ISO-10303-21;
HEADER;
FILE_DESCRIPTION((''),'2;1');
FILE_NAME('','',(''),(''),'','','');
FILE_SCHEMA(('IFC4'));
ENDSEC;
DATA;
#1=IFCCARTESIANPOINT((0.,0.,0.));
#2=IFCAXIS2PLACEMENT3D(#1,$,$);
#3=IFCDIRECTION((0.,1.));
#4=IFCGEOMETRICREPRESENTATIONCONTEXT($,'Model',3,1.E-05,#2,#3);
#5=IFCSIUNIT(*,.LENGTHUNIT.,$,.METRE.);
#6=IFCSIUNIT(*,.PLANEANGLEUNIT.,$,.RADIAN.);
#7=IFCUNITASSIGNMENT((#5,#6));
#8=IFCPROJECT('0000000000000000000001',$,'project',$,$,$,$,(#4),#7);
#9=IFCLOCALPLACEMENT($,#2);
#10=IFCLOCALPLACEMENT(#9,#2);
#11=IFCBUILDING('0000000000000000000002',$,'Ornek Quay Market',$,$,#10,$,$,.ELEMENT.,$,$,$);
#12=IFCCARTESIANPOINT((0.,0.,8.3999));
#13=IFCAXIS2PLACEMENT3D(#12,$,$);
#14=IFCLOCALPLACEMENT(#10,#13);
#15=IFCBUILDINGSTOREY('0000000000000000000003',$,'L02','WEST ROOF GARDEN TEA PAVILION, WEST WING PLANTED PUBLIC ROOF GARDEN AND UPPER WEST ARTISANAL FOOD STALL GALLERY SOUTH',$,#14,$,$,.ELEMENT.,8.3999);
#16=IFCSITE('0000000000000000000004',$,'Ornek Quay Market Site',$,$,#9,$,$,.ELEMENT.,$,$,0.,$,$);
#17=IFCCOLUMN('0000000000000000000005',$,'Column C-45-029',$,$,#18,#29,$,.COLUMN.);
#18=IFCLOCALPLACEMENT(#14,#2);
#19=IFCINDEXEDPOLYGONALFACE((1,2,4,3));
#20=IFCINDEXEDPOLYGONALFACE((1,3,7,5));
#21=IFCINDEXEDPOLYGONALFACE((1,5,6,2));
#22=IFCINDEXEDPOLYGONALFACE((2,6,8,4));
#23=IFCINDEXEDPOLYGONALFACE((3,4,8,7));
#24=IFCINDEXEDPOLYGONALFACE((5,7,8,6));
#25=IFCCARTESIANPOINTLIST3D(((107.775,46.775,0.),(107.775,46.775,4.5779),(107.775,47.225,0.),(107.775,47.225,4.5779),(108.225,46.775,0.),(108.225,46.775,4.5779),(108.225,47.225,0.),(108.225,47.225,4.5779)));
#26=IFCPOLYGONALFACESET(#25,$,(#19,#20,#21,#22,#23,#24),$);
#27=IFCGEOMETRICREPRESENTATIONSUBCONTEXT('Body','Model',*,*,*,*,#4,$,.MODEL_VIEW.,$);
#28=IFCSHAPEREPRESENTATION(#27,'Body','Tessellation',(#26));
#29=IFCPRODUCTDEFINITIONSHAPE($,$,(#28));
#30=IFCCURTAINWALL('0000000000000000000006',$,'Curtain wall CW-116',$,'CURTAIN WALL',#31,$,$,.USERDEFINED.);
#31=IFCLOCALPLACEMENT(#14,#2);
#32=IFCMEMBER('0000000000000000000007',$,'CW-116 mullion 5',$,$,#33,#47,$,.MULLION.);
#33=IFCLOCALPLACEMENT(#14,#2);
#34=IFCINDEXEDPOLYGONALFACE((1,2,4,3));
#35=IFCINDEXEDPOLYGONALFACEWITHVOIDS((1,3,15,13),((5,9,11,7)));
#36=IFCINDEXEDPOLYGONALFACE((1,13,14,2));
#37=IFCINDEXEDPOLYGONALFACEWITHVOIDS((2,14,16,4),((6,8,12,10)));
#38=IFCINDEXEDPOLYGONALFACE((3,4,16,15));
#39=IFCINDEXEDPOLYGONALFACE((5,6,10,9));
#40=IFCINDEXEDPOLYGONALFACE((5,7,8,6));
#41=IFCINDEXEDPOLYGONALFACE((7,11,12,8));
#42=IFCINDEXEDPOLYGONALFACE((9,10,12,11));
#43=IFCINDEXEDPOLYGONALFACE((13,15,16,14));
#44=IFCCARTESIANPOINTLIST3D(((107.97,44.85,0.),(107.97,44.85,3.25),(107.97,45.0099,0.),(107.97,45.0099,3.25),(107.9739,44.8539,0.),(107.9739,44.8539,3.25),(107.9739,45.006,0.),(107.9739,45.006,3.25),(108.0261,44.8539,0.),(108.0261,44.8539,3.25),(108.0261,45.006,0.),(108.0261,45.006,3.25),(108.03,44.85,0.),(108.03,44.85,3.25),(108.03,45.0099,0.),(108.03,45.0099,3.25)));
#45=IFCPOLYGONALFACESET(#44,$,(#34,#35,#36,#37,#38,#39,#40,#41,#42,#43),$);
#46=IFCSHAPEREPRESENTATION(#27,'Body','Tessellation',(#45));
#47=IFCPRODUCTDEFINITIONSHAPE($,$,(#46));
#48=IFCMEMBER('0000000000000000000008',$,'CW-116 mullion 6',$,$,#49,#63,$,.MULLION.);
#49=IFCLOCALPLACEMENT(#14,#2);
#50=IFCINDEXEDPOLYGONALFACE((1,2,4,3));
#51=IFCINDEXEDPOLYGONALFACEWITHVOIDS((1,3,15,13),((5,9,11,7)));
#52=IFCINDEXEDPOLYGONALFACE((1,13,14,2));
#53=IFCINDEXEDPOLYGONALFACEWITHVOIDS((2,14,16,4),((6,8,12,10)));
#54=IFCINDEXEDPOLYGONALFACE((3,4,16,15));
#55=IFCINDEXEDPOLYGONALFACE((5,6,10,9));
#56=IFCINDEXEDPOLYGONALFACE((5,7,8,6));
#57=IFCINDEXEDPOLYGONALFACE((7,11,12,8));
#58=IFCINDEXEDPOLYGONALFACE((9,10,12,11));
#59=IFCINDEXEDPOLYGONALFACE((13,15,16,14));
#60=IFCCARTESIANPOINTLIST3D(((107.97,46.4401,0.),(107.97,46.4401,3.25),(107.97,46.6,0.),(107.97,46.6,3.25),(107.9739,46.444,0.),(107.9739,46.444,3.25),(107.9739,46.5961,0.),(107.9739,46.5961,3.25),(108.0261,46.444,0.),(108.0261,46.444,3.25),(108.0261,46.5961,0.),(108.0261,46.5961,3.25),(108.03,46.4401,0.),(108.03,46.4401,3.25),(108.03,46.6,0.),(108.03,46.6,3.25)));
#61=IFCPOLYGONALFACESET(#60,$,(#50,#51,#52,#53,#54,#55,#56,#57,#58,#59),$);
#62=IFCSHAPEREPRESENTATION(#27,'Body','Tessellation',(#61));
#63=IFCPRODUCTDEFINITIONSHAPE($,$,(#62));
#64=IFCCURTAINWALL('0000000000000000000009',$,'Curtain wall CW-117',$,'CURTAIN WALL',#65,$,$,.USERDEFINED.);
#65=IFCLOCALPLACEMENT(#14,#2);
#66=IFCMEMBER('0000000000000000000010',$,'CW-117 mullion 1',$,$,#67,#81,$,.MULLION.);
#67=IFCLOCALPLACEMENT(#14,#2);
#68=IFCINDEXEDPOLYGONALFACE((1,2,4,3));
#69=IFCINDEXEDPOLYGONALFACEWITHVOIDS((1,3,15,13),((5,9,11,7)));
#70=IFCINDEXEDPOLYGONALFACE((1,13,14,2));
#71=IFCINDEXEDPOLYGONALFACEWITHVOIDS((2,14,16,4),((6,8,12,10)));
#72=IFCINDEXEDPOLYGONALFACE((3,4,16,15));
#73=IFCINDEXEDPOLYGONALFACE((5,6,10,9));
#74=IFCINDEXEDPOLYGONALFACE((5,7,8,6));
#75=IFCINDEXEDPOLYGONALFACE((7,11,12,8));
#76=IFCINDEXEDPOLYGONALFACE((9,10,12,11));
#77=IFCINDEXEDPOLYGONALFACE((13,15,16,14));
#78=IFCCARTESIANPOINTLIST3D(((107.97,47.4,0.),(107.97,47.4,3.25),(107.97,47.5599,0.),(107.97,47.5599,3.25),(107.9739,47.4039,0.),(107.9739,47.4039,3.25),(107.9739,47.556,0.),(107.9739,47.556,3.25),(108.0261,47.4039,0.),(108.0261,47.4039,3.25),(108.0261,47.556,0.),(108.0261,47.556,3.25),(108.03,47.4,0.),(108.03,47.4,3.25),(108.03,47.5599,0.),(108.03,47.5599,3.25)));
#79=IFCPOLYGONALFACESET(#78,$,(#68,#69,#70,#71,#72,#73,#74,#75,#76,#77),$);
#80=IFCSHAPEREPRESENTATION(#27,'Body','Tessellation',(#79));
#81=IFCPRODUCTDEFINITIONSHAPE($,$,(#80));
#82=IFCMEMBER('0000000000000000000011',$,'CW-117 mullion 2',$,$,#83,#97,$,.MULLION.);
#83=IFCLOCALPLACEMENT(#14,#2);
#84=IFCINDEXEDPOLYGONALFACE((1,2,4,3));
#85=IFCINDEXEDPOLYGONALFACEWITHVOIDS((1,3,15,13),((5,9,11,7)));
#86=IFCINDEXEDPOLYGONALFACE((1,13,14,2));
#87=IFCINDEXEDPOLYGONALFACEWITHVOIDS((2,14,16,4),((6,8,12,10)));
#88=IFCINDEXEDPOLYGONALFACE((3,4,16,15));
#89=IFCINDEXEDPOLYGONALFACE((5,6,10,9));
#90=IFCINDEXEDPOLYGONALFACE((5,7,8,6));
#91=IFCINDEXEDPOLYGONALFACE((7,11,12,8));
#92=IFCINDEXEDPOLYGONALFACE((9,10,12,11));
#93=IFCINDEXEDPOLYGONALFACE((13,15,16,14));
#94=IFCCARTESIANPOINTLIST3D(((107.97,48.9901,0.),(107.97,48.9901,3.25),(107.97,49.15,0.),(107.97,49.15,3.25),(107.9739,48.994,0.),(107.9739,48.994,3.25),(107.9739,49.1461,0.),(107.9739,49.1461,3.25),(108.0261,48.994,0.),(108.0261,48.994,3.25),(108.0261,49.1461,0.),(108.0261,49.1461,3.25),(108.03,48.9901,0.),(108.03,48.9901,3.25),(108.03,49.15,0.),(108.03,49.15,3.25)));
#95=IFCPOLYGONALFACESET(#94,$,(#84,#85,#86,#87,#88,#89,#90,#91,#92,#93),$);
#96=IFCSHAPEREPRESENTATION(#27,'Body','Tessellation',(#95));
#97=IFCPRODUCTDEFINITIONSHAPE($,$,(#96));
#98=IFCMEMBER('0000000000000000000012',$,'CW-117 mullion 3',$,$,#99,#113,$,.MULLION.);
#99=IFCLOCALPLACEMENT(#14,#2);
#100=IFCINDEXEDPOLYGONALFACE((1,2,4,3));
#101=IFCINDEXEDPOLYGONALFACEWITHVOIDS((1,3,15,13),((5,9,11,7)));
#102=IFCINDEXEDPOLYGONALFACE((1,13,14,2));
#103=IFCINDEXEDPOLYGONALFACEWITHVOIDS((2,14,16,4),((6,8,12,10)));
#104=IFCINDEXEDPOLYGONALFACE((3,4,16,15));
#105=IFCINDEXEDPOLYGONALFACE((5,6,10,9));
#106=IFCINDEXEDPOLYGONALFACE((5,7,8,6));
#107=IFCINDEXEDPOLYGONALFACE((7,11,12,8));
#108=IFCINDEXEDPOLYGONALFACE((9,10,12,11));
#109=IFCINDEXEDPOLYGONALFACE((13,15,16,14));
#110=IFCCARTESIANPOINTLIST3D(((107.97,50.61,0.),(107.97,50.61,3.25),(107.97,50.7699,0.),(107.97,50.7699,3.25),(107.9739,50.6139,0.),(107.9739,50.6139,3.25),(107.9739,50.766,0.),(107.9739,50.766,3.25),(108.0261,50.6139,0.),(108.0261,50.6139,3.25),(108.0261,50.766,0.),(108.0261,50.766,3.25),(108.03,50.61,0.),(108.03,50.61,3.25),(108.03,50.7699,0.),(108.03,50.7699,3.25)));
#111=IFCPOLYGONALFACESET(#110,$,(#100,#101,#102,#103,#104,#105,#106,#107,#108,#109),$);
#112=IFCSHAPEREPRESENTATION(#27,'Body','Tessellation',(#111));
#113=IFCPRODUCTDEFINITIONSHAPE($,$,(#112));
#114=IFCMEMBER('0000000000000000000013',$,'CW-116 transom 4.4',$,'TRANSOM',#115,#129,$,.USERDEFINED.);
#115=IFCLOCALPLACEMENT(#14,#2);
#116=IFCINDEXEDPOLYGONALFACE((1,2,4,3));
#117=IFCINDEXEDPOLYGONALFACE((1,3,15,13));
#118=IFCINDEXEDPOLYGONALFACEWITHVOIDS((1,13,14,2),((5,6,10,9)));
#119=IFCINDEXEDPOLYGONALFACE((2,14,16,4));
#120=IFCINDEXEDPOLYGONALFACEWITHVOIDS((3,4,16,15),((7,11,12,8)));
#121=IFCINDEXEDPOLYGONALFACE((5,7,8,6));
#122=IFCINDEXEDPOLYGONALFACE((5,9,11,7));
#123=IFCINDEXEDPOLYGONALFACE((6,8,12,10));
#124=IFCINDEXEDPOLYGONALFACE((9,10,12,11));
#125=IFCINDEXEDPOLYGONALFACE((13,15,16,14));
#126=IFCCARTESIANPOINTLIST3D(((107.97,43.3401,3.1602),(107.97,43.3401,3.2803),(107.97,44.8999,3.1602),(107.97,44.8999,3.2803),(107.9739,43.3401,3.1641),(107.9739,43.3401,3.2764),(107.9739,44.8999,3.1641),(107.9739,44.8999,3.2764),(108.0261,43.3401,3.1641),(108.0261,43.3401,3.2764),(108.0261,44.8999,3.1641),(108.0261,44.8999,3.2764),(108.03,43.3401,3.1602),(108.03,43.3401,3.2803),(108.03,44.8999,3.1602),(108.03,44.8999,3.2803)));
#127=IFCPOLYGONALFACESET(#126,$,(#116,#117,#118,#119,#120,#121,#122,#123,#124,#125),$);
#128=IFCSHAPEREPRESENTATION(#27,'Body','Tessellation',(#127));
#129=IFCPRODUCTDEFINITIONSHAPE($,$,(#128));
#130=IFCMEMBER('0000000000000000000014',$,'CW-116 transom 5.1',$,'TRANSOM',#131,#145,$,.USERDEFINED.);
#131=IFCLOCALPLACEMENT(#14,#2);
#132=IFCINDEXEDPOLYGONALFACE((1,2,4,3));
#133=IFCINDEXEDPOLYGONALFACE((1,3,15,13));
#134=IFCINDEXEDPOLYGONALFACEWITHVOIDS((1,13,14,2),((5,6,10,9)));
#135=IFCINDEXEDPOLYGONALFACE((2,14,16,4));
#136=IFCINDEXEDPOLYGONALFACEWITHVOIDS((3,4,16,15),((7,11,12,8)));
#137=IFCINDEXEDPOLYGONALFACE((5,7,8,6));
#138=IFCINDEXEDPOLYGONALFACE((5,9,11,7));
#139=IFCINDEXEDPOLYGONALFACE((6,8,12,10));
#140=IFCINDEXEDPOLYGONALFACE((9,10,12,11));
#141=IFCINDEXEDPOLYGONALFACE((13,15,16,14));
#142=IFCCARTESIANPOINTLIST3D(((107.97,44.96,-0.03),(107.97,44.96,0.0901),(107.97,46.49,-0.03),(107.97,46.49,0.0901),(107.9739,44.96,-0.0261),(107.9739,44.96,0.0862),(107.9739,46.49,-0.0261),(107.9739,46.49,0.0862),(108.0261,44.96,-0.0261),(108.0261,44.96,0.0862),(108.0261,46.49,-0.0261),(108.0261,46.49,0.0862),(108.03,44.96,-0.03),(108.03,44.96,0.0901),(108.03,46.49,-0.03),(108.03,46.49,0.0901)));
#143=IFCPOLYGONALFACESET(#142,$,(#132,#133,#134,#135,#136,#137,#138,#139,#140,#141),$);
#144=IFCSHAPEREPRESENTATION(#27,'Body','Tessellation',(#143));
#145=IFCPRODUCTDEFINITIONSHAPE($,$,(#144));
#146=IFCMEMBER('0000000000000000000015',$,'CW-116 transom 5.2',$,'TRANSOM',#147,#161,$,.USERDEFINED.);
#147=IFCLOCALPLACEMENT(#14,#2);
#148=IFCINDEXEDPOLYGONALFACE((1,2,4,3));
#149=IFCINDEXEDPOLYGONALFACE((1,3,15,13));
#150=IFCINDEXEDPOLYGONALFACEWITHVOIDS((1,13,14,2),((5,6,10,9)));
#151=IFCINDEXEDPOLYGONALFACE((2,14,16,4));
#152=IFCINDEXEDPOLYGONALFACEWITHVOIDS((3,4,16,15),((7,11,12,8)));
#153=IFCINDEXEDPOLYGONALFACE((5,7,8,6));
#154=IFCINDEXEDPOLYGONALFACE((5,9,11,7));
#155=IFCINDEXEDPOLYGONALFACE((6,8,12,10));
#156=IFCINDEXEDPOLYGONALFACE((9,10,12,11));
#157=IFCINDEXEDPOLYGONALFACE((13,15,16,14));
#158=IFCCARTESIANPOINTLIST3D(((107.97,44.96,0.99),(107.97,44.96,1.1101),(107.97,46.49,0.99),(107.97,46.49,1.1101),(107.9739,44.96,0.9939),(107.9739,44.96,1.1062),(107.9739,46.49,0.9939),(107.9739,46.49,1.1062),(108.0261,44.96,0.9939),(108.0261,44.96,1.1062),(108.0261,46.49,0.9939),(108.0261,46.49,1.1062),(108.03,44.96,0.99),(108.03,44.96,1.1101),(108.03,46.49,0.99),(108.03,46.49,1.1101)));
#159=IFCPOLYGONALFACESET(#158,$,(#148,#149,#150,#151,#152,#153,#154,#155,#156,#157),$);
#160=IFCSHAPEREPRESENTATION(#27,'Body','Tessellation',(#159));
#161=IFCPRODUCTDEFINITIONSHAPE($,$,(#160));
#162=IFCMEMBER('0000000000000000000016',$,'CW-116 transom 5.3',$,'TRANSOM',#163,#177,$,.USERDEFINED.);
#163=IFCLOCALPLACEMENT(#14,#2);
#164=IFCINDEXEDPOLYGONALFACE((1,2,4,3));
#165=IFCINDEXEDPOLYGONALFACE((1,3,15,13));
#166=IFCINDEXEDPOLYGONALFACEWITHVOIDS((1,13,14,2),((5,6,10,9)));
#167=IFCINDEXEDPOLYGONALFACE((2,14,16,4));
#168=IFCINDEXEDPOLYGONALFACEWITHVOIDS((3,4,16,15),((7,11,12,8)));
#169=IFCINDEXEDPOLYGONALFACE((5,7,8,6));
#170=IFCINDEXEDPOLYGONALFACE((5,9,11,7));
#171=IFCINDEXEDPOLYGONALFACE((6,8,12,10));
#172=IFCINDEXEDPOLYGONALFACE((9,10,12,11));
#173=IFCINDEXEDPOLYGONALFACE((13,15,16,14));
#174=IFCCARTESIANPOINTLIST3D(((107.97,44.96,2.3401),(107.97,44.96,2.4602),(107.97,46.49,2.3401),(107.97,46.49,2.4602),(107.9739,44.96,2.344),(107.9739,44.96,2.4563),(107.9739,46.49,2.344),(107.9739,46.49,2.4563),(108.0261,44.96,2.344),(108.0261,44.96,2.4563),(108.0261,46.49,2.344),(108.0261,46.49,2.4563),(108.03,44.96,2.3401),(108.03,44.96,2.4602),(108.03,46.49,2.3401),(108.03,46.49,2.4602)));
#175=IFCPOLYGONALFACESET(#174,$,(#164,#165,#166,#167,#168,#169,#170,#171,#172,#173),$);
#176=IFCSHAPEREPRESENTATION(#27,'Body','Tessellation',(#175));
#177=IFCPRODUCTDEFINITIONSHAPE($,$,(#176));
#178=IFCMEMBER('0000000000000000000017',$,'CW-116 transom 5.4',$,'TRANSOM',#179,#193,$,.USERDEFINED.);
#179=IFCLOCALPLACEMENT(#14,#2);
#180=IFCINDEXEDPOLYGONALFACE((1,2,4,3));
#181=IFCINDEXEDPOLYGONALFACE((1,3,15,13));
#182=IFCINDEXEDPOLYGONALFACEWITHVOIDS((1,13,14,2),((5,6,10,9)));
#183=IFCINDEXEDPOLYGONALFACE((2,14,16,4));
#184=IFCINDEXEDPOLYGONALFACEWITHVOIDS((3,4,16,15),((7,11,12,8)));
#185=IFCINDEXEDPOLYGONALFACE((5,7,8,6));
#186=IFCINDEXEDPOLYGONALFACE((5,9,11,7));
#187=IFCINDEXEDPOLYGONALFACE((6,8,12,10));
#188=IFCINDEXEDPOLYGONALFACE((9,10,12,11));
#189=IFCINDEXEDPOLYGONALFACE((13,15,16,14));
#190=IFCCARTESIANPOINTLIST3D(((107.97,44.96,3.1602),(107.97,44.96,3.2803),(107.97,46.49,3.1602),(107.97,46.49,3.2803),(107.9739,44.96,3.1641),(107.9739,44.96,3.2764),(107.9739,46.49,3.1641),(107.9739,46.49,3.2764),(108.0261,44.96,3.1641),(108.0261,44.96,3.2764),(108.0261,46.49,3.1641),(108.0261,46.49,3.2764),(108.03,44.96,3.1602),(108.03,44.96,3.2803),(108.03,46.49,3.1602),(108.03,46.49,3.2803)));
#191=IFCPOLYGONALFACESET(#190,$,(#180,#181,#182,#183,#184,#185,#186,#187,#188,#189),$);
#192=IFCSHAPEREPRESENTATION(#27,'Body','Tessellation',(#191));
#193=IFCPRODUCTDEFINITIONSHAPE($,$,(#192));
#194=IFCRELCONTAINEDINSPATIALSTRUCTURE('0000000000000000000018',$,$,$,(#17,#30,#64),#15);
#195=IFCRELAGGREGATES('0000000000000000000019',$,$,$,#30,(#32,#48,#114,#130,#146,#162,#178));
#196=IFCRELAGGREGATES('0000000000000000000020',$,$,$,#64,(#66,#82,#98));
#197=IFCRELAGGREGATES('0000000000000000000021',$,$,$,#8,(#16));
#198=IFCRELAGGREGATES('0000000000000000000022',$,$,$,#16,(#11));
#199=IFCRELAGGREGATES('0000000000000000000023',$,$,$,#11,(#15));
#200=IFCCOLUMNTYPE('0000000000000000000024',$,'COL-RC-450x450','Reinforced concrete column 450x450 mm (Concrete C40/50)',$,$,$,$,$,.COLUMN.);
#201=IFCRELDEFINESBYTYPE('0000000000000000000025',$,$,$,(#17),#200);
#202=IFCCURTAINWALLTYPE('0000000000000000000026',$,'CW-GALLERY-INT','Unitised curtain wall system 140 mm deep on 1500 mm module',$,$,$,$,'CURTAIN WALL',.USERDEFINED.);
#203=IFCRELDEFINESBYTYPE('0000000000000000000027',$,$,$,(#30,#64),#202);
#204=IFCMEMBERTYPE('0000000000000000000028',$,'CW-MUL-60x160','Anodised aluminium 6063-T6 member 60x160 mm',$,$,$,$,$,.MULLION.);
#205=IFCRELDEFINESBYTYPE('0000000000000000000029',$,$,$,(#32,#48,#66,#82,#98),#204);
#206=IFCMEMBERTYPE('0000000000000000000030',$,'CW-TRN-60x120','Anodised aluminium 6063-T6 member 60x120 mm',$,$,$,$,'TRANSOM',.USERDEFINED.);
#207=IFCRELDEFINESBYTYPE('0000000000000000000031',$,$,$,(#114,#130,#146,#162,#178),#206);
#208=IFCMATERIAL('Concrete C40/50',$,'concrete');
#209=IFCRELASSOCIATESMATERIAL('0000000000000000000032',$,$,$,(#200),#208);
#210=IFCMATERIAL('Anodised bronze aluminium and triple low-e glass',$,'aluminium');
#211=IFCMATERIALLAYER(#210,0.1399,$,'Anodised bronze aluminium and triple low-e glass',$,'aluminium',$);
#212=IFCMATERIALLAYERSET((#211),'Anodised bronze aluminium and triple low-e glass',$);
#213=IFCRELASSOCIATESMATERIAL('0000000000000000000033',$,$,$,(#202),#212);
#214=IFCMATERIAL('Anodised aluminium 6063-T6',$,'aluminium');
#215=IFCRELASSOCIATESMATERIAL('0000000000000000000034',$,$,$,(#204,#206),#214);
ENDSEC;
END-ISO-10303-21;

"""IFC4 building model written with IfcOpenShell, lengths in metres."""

from ifc_helpers import new_model, si_unit, direction, frame, origin, origin_2d, place, context, subcontext, project, spatial, rectangle, hollow_rectangle, extrude, material, layer, layer_set, material_profile, profile_set, type_object, element, aggregate, save


model = new_model("IFC4")

# Units and contexts
model_context = context("Model", 3, precision=1e-05, world=origin(), true_north=direction((0.0, 1.0)))
body_context = subcontext(model_context, "Body", "Model", "MODEL_VIEW")
ifc_project = project(units=[si_unit("LENGTHUNIT", "METRE"), si_unit("PLANEANGLEUNIT", "RADIAN")], contexts=[model_context])

# Site, building, storey
site_placement = place(None, origin())
site = spatial("IfcSite", under=ifc_project, at=site_placement, Name="Ornek Quay Market Site", CompositionType="ELEMENT", RefElevation=0.0)
building_placement = place(site_placement, origin())
building = spatial("IfcBuilding", under=site, at=building_placement, Name="Ornek Quay Market", CompositionType="ELEMENT")
storey_placement = place(building_placement, frame((0.0, 0.0, 8.3999)))
storey = spatial("IfcBuildingStorey", under=building, at=storey_placement, Name="L02", Description="WEST ROOF GARDEN TEA PAVILION, WEST WING PLANTED PUBLIC ROOF GARDEN AND UPPER WEST ARTISANAL FOOD STALL GALLERY SOUTH", CompositionType="ELEMENT", Elevation=8.3999)

# Column
ifc_material_1 = material(Name="Concrete C40/50", Category="concrete")
ifc_material_profile_1 = material_profile(ifc_material_1, rectangle(XDim=0.45, YDim=0.45, at=origin_2d()), Name="RC 450x450", Category="concrete")
ifc_profile_set_1 = profile_set([ifc_material_profile_1], Name="Concrete C40/50")
column_type = type_object("IfcColumnType", Name="COL-RC-450x450", Description="Reinforced concrete column 450x450 mm (Concrete C40/50)", PredefinedType="COLUMN", material=ifc_profile_set_1)
column_placement = place(storey_placement, frame((108.0, 47.0, 0.0), z_axis=(0.0, 0.0, 1.0), x_axis=(1.0, 0.0, 0.0)))
element("IfcColumn", 1, at=column_placement, inside=storey, type_object=column_type, Name="Column C-45-029", PredefinedType="COLUMN", context=body_context, shape_type="SweptSolid", body=[
    extrude(rectangle(XDim=0.45, YDim=0.45, at=origin_2d()), origin(), (0.0, 0.0, 1.0), 4.5779),
])

# Curtain walls, members
ifc_material_2 = material(Name="Anodised bronze aluminium and triple low-e glass", Category="aluminium")
ifc_layer_1 = layer(ifc_material_2, 0.1399, Name="Anodised bronze aluminium and triple low-e glass", Category="aluminium")
ifc_layer_set_1 = layer_set([ifc_layer_1], Name="Anodised bronze aluminium and triple low-e glass")
curtain_wall_type = type_object("IfcCurtainWallType", Name="CW-GALLERY-INT", Description="Unitised curtain wall system 140 mm deep on 1500 mm module", ElementType="CURTAIN WALL", PredefinedType="USERDEFINED", material=ifc_layer_set_1)
curtain_wall_1_placement = place(storey_placement, origin())
curtain_wall_1 = element("IfcCurtainWall", 2, at=curtain_wall_1_placement, inside=storey, type_object=curtain_wall_type, Name="Curtain wall CW-116", ObjectType="CURTAIN WALL", PredefinedType="USERDEFINED")
ifc_material_3 = material(Name="Anodised aluminium 6063-T6", Category="aluminium")
ifc_material_profile_2 = material_profile(ifc_material_3, hollow_rectangle(XDim=0.0601, YDim=0.1599, WallThickness=0.0039, at=origin_2d()), Name="CW-MUL-60x160", Category="aluminium")
ifc_profile_set_2 = profile_set([ifc_material_profile_2], Name="Anodised aluminium 6063-T6")
member_type_1 = type_object("IfcMemberType", Name="CW-MUL-60x160", Description="Anodised aluminium 6063-T6 member 60x160 mm", PredefinedType="MULLION", material=ifc_profile_set_2)
member_1_placement = place(storey_placement, frame((108.0, 44.9299, 0.0), z_axis=(0.0, 0.0, 1.0), x_axis=(-1.0, 0.0, 0.0)))
member_1 = element("IfcMember", 3, at=member_1_placement, type_object=member_type_1, Name="CW-116 mullion 5", PredefinedType="MULLION", context=body_context, shape_type="SweptSolid", body=[
    extrude(hollow_rectangle(XDim=0.0601, YDim=0.1599, WallThickness=0.0039, at=origin_2d()), origin(), (0.0, 0.0, 1.0), 3.25),
])
member_2_placement = place(storey_placement, frame((108.0, 46.52, 0.0), z_axis=(0.0, 0.0, 1.0), x_axis=(-1.0, 0.0, 0.0)))
member_2 = element("IfcMember", 4, at=member_2_placement, type_object=member_type_1, Name="CW-116 mullion 6", PredefinedType="MULLION", context=body_context, shape_type="SweptSolid", body=[
    extrude(hollow_rectangle(XDim=0.0601, YDim=0.1599, WallThickness=0.0039, at=origin_2d()), origin(), (0.0, 0.0, 1.0), 3.25),
])
curtain_wall_2_placement = place(storey_placement, origin())
curtain_wall_2 = element("IfcCurtainWall", 5, at=curtain_wall_2_placement, inside=storey, type_object=curtain_wall_type, Name="Curtain wall CW-117", ObjectType="CURTAIN WALL", PredefinedType="USERDEFINED")
member_3_placement = place(storey_placement, frame((108.0, 47.48, 0.0), z_axis=(0.0, 0.0, 1.0), x_axis=(-1.0, 0.0, 0.0)))
member_3 = element("IfcMember", 6, at=member_3_placement, type_object=member_type_1, Name="CW-117 mullion 1", PredefinedType="MULLION", context=body_context, shape_type="SweptSolid", body=[
    extrude(hollow_rectangle(XDim=0.0601, YDim=0.1599, WallThickness=0.0039, at=origin_2d()), origin(), (0.0, 0.0, 1.0), 3.25),
])
member_4_placement = place(storey_placement, frame((108.0, 49.0701, 0.0), z_axis=(0.0, 0.0, 1.0), x_axis=(-1.0, 0.0, 0.0)))
member_4 = element("IfcMember", 7, at=member_4_placement, type_object=member_type_1, Name="CW-117 mullion 2", PredefinedType="MULLION", context=body_context, shape_type="SweptSolid", body=[
    extrude(hollow_rectangle(XDim=0.0601, YDim=0.1599, WallThickness=0.0039, at=origin_2d()), origin(), (0.0, 0.0, 1.0), 3.25),
])
member_5_placement = place(storey_placement, frame((108.0, 50.6899, 0.0), z_axis=(0.0, 0.0, 1.0), x_axis=(-1.0, 0.0, 0.0)))
member_5 = element("IfcMember", 8, at=member_5_placement, type_object=member_type_1, Name="CW-117 mullion 3", PredefinedType="MULLION", context=body_context, shape_type="SweptSolid", body=[
    extrude(hollow_rectangle(XDim=0.0601, YDim=0.1599, WallThickness=0.0039, at=origin_2d()), origin(), (0.0, 0.0, 1.0), 3.25),
])

# Members
ifc_material_profile_3 = material_profile(ifc_material_3, hollow_rectangle(XDim=0.0601, YDim=0.1201, WallThickness=0.0039, at=origin_2d()), Name="CW-TRN-60x120", Category="aluminium")
ifc_profile_set_3 = profile_set([ifc_material_profile_3], Name="Anodised aluminium 6063-T6")
member_type_2 = type_object("IfcMemberType", Name="CW-TRN-60x120", Description="Anodised aluminium 6063-T6 member 60x120 mm", ElementType="TRANSOM", PredefinedType="USERDEFINED", material=ifc_profile_set_3)
member_6_placement = place(storey_placement, frame((108.0, 43.3401, 3.2202), z_axis=(0.0, 1.0, 0.0), x_axis=(-1.0, 0.0, 0.0)))
member_6 = element("IfcMember", 9, at=member_6_placement, type_object=member_type_2, Name="CW-116 transom 4.4", ObjectType="TRANSOM", PredefinedType="USERDEFINED", context=body_context, shape_type="SweptSolid", body=[
    extrude(hollow_rectangle(XDim=0.0601, YDim=0.1201, WallThickness=0.0039, at=origin_2d()), origin(), (0.0, 0.0, 1.0), 1.5598),
])
member_7_placement = place(storey_placement, frame((108.0, 44.96, 0.03), z_axis=(0.0, 1.0, 0.0), x_axis=(-1.0, 0.0, 0.0)))
member_7 = element("IfcMember", 10, at=member_7_placement, type_object=member_type_2, Name="CW-116 transom 5.1", ObjectType="TRANSOM", PredefinedType="USERDEFINED", context=body_context, shape_type="SweptSolid", body=[
    extrude(hollow_rectangle(XDim=0.0601, YDim=0.1201, WallThickness=0.0039, at=origin_2d()), origin(), (0.0, 0.0, 1.0), 1.53),
])
member_8_placement = place(storey_placement, frame((108.0, 44.96, 1.05), z_axis=(0.0, 1.0, 0.0), x_axis=(-1.0, 0.0, 0.0)))
member_8 = element("IfcMember", 11, at=member_8_placement, type_object=member_type_2, Name="CW-116 transom 5.2", ObjectType="TRANSOM", PredefinedType="USERDEFINED", context=body_context, shape_type="SweptSolid", body=[
    extrude(hollow_rectangle(XDim=0.0601, YDim=0.1201, WallThickness=0.0039, at=origin_2d()), origin(), (0.0, 0.0, 1.0), 1.53),
])
member_9_placement = place(storey_placement, frame((108.0, 44.96, 2.4001), z_axis=(0.0, 1.0, 0.0), x_axis=(-1.0, 0.0, 0.0)))
member_9 = element("IfcMember", 12, at=member_9_placement, type_object=member_type_2, Name="CW-116 transom 5.3", ObjectType="TRANSOM", PredefinedType="USERDEFINED", context=body_context, shape_type="SweptSolid", body=[
    extrude(hollow_rectangle(XDim=0.0601, YDim=0.1201, WallThickness=0.0039, at=origin_2d()), origin(), (0.0, 0.0, 1.0), 1.53),
])
member_10_placement = place(storey_placement, frame((108.0, 44.96, 3.2202), z_axis=(0.0, 1.0, 0.0), x_axis=(-1.0, 0.0, 0.0)))
member_10 = element("IfcMember", 13, at=member_10_placement, type_object=member_type_2, Name="CW-116 transom 5.4", ObjectType="TRANSOM", PredefinedType="USERDEFINED", context=body_context, shape_type="SweptSolid", body=[
    extrude(hollow_rectangle(XDim=0.0601, YDim=0.1201, WallThickness=0.0039, at=origin_2d()), origin(), (0.0, 0.0, 1.0), 1.53),
])

aggregate(curtain_wall_1, [member_1, member_2, member_6, member_7, member_8, member_9, member_10])
aggregate(curtain_wall_2, [member_3, member_4, member_5])

save(model, "model.ifc")
